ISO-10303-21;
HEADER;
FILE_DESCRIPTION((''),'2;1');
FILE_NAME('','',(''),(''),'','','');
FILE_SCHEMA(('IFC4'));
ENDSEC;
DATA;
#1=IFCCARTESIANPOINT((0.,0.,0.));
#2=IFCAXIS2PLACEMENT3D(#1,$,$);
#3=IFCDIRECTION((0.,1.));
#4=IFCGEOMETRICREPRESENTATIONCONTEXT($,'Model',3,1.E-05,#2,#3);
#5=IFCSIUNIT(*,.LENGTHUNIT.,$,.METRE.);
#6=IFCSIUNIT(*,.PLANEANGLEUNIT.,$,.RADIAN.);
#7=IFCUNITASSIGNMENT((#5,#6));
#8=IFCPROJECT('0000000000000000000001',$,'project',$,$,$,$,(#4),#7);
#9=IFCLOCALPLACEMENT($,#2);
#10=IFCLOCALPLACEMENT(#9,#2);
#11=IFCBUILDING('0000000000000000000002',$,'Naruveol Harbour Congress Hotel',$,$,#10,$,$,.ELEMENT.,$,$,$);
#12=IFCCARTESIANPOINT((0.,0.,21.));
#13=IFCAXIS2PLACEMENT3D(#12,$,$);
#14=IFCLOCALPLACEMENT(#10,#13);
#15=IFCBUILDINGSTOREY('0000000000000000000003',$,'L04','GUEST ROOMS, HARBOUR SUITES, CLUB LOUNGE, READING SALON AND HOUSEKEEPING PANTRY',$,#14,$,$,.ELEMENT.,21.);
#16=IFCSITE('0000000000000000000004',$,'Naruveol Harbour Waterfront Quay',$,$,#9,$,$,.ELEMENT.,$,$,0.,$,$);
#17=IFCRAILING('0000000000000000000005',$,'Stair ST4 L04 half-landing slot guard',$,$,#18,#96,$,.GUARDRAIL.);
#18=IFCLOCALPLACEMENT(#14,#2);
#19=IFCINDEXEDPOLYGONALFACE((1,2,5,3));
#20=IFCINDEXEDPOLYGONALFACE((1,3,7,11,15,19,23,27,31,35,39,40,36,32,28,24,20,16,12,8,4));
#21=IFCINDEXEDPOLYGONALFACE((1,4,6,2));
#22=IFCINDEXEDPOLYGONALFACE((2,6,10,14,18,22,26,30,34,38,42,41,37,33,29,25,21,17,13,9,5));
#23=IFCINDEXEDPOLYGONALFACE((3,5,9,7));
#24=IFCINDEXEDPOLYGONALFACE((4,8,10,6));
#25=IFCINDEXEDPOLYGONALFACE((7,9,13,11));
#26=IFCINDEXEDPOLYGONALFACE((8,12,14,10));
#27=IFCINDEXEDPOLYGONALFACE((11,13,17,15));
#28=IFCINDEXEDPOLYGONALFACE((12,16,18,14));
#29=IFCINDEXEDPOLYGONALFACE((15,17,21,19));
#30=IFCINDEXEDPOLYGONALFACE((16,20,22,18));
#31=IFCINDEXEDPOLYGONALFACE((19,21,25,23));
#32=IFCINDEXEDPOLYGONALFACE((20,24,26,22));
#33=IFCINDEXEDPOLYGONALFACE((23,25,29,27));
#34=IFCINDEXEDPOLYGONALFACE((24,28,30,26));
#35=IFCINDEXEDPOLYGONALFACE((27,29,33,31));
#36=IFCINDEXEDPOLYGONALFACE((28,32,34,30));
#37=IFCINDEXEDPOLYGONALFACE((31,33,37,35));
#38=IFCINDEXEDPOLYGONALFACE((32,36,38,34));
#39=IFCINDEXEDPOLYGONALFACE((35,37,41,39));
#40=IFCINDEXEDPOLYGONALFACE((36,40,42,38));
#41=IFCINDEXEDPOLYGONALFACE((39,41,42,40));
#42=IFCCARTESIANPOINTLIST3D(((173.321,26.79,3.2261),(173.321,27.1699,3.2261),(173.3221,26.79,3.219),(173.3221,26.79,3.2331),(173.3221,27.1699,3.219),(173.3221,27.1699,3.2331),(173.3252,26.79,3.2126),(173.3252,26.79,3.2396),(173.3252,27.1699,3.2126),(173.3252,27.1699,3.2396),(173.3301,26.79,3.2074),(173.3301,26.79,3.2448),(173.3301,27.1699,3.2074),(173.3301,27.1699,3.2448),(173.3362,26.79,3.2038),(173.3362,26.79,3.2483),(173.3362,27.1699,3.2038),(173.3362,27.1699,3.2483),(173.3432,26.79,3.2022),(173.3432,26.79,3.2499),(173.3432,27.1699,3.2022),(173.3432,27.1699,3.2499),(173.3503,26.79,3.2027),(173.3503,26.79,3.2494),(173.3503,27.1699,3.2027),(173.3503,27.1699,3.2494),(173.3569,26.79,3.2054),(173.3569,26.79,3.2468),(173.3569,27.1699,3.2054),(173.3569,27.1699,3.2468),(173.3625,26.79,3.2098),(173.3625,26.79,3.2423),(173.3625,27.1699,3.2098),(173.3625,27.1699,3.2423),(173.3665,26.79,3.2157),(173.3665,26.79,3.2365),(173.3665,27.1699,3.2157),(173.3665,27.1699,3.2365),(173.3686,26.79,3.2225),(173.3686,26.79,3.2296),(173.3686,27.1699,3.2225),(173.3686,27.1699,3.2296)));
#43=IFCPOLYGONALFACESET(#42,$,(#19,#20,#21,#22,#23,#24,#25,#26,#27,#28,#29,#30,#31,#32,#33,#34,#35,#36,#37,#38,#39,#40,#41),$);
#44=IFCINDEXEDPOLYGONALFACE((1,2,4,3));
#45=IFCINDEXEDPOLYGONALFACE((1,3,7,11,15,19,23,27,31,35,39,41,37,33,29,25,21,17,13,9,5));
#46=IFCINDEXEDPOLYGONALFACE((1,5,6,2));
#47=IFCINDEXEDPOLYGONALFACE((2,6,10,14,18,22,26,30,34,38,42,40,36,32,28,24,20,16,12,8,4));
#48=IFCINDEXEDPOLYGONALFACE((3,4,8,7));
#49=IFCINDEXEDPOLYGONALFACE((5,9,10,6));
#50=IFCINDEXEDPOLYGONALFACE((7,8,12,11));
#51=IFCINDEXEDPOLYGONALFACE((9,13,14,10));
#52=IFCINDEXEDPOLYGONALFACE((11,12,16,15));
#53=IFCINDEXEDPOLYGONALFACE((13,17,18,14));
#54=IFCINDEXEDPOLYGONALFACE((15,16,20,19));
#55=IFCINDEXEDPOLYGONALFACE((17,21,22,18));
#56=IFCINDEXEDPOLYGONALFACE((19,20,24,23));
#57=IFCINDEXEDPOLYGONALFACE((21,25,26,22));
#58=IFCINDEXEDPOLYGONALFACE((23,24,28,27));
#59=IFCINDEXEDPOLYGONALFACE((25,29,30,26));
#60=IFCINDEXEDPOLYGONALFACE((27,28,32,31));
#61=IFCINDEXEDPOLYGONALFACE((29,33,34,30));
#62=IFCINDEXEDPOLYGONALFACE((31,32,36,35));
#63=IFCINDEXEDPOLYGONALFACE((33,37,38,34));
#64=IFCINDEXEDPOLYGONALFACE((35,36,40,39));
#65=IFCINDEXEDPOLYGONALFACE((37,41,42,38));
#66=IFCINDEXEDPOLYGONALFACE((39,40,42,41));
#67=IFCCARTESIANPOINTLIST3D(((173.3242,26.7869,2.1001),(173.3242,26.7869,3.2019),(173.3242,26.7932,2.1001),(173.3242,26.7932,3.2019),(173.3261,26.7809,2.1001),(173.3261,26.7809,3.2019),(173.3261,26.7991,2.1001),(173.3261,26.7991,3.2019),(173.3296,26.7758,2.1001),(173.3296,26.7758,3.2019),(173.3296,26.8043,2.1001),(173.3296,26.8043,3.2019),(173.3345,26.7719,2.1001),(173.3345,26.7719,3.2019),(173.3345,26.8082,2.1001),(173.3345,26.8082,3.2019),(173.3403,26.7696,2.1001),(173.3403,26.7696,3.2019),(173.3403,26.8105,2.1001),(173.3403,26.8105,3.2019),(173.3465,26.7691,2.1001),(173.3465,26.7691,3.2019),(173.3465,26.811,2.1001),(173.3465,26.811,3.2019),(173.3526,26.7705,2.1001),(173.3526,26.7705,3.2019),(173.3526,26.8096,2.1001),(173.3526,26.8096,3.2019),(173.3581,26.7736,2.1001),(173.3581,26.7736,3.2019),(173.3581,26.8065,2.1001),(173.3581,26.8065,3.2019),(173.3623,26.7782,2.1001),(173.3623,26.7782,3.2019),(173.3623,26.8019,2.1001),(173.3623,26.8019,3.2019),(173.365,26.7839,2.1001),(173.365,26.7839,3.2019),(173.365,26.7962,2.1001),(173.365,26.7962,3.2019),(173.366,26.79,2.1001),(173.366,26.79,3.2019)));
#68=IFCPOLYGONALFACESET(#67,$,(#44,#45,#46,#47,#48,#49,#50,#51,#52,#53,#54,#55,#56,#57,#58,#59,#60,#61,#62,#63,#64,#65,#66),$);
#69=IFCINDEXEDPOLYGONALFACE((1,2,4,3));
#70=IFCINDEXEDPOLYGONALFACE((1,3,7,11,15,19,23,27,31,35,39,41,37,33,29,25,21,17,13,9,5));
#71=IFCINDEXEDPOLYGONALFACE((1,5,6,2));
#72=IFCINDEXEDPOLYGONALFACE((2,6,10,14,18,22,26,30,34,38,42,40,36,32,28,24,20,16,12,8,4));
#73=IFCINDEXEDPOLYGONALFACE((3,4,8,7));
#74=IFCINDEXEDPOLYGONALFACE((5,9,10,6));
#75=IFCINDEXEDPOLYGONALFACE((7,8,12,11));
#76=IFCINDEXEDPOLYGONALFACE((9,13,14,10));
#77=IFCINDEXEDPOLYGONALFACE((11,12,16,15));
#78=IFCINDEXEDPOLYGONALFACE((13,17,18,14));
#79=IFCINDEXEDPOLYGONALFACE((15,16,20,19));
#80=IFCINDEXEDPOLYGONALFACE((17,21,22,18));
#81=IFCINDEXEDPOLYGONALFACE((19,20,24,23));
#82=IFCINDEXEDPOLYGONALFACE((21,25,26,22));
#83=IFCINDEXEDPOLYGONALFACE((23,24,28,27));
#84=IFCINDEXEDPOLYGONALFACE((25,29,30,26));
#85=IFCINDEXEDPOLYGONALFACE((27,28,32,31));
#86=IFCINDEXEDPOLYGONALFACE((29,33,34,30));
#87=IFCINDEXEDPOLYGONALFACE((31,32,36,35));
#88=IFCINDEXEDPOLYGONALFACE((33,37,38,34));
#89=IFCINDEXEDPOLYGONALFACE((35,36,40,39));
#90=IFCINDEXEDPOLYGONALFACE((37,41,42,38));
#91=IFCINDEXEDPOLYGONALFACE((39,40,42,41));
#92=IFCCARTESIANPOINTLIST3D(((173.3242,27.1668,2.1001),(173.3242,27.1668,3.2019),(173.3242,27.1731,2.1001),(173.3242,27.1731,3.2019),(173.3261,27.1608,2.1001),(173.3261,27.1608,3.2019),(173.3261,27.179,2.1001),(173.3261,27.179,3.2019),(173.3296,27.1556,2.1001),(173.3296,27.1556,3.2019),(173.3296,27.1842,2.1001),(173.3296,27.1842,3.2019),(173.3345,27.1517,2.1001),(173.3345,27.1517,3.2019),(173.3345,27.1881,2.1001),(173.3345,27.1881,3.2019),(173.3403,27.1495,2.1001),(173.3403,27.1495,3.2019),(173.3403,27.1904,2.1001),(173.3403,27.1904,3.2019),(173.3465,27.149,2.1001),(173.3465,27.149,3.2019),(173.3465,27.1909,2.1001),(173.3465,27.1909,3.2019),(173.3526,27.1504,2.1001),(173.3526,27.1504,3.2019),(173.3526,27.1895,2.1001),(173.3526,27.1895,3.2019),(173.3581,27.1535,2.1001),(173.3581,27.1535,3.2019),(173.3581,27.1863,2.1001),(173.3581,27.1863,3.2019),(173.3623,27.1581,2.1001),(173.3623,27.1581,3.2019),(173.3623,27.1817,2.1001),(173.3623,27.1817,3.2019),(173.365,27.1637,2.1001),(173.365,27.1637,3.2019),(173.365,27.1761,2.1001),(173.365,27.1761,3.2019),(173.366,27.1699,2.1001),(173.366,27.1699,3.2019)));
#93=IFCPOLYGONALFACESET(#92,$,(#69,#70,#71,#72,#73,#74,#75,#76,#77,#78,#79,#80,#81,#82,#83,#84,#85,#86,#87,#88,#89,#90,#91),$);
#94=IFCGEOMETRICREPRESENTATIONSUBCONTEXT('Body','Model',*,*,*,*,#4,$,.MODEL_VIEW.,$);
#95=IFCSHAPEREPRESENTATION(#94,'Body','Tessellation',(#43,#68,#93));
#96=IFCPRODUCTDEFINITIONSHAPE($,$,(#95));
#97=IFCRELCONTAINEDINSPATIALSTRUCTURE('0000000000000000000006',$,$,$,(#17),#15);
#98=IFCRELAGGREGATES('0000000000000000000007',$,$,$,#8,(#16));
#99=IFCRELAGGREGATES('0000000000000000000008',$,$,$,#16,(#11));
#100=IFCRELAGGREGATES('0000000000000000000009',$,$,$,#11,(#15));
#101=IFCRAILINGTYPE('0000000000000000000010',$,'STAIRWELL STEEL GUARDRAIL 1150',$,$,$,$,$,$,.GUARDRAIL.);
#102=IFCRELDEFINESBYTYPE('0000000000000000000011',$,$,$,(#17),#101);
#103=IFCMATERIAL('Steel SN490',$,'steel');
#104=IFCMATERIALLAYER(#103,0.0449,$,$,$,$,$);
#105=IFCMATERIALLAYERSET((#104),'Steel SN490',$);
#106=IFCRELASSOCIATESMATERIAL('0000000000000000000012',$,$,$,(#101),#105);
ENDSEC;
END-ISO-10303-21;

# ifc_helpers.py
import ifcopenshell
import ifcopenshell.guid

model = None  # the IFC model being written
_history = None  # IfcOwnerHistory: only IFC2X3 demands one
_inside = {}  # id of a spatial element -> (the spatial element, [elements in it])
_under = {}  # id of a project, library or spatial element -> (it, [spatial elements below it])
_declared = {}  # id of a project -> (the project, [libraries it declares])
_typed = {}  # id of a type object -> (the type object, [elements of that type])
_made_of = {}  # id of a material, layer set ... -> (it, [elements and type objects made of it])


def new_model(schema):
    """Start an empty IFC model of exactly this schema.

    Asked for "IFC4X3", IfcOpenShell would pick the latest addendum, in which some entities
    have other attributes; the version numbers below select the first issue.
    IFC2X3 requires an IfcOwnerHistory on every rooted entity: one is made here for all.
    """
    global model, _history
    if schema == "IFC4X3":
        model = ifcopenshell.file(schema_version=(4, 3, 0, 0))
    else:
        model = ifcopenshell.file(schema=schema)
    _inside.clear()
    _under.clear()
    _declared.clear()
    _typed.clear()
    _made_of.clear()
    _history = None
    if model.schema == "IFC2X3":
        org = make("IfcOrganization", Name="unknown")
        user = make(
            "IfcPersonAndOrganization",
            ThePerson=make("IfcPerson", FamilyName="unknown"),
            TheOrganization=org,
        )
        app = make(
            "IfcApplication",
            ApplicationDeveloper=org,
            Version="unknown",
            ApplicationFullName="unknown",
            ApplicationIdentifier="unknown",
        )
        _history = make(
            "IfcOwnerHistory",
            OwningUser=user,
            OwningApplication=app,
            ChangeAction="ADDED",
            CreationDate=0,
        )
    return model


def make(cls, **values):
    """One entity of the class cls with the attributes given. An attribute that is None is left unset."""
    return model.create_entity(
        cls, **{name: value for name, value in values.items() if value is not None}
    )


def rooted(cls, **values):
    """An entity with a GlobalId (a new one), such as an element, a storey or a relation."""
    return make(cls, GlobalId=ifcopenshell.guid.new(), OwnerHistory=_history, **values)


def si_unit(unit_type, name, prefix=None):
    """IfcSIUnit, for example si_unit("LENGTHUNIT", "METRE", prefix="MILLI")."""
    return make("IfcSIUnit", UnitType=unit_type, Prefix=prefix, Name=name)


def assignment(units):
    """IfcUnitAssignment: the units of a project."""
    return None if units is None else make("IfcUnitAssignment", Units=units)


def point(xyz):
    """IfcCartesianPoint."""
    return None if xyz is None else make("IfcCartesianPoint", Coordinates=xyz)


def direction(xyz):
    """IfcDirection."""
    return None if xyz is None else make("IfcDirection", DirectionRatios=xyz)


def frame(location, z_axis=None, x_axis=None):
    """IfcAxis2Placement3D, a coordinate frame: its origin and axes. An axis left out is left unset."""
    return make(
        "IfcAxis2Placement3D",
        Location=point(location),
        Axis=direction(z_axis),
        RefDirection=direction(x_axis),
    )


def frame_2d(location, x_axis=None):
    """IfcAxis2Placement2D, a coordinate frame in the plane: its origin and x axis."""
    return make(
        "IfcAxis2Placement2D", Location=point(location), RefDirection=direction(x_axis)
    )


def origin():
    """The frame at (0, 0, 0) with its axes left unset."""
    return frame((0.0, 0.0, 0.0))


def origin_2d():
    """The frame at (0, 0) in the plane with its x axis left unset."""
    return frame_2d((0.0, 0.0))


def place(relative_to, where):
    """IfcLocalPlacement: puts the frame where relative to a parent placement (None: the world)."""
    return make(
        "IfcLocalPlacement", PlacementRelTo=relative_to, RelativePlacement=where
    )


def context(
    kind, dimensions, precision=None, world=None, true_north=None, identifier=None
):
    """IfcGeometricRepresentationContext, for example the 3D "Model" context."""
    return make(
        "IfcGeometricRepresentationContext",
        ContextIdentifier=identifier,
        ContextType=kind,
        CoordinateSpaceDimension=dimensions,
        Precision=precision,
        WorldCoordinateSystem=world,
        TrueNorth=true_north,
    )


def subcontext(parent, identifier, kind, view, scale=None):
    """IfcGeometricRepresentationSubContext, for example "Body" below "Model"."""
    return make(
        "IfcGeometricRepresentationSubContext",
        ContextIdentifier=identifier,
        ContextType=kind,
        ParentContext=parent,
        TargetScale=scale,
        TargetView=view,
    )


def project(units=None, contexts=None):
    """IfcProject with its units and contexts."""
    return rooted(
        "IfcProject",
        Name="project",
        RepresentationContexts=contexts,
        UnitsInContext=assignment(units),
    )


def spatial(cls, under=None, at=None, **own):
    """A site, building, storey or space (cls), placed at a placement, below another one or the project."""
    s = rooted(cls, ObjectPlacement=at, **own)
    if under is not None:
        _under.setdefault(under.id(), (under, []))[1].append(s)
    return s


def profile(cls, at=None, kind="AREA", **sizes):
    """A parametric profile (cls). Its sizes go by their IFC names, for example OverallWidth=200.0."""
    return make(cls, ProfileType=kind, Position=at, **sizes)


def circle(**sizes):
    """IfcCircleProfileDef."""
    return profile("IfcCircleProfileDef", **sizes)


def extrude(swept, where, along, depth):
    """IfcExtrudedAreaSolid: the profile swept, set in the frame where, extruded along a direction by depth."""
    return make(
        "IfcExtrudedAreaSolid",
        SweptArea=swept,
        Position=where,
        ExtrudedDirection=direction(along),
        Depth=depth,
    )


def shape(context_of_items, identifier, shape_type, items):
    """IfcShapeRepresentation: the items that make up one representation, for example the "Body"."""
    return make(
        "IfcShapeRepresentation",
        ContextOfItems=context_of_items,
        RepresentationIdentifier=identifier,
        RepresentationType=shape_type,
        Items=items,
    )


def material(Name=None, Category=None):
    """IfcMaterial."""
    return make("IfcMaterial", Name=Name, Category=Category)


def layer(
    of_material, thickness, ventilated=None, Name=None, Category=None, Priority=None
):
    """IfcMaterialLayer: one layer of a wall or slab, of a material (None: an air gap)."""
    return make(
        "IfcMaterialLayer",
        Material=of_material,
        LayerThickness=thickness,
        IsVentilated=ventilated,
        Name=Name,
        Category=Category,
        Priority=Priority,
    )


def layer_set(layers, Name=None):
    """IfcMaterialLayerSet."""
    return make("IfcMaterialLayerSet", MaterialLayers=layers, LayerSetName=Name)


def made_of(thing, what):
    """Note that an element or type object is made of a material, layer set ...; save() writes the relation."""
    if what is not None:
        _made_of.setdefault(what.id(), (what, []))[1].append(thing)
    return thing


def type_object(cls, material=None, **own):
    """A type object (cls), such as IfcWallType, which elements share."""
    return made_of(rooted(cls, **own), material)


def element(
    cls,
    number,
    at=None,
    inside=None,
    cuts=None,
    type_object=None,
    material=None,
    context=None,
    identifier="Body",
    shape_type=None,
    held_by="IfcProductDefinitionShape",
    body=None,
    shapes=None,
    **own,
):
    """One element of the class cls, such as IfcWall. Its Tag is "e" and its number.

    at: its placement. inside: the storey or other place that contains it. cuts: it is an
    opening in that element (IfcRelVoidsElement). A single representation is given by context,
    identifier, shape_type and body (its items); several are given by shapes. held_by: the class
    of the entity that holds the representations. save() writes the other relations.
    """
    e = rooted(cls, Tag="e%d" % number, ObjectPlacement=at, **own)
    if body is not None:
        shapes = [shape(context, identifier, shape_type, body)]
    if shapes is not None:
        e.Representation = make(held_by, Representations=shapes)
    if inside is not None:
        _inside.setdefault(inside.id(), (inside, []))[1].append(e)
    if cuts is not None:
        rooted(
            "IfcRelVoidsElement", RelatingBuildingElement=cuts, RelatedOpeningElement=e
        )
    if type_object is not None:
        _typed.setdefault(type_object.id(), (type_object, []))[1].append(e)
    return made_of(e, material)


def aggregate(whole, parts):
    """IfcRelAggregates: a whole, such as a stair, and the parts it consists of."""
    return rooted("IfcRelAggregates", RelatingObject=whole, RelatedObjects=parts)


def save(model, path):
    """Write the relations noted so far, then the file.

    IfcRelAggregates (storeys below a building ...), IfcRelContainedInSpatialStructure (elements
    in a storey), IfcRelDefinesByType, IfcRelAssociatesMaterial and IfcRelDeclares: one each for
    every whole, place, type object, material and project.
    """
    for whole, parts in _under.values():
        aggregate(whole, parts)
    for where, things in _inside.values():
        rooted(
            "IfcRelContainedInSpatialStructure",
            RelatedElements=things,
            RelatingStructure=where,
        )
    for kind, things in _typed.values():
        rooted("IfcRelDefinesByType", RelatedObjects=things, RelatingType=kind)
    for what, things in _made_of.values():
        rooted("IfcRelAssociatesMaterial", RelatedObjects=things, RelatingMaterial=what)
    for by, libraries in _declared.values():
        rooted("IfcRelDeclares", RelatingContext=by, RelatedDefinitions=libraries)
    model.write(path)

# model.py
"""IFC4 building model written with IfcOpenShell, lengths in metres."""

from ifc_helpers import new_model, si_unit, direction, frame, origin, origin_2d, place, context, subcontext, project, spatial, circle, extrude, material, layer, layer_set, type_object, element, save


model = new_model("IFC4")

# Units and contexts
model_context = context("Model", 3, precision=1e-05, world=origin(), true_north=direction((0.0, 1.0)))
body_context = subcontext(model_context, "Body", "Model", "MODEL_VIEW")
ifc_project = project(units=[si_unit("LENGTHUNIT", "METRE"), si_unit("PLANEANGLEUNIT", "RADIAN")], contexts=[model_context])

# Site, building, storey
site_placement = place(None, origin())
site = spatial("IfcSite", under=ifc_project, at=site_placement, Name="Naruveol Harbour Waterfront Quay", CompositionType="ELEMENT", RefElevation=0.0)
building_placement = place(site_placement, origin())
building = spatial("IfcBuilding", under=site, at=building_placement, Name="Naruveol Harbour Congress Hotel", CompositionType="ELEMENT")
storey_placement = place(building_placement, frame((0.0, 0.0, 21.0)))
storey = spatial("IfcBuildingStorey", under=building, at=storey_placement, Name="L04", Description="GUEST ROOMS, HARBOUR SUITES, CLUB LOUNGE, READING SALON AND HOUSEKEEPING PANTRY", CompositionType="ELEMENT", Elevation=21.0)

# Railing
ifc_material_1 = material(Name="Steel SN490", Category="steel")
ifc_layer_1 = layer(ifc_material_1, 0.0449)
ifc_layer_set_1 = layer_set([ifc_layer_1], Name="Steel SN490")
railing_type_1 = type_object("IfcRailingType", Name="STAIRWELL STEEL GUARDRAIL 1150", PredefinedType="GUARDRAIL", material=ifc_layer_set_1)
railing_1_placement = place(storey_placement, frame((173.345, 26.79, 2.1001)))
element("IfcRailing", 1, at=railing_1_placement, inside=storey, type_object=railing_type_1, Name="Stair ST4 L04 half-landing slot guard", PredefinedType="GUARDRAIL", context=body_context, shape_type="SweptSolid", body=[
    extrude(circle(Radius=0.0239, at=origin_2d()), frame((0.0, 0.0, 1.126), z_axis=(0.0, 1.0, 0.0), x_axis=(-1.0, 0.0, 0.0)), (0.0, 0.0, 1.0), 0.3799),
    extrude(circle(Radius=0.021, at=origin_2d()), origin(), (0.0, 0.0, 1.0), 1.1018),
    extrude(circle(Radius=0.021, at=origin_2d()), frame((0.0, 0.3799, 0.0)), (0.0, 0.0, 1.0), 1.1018),
])

save(model, "model.ifc")
